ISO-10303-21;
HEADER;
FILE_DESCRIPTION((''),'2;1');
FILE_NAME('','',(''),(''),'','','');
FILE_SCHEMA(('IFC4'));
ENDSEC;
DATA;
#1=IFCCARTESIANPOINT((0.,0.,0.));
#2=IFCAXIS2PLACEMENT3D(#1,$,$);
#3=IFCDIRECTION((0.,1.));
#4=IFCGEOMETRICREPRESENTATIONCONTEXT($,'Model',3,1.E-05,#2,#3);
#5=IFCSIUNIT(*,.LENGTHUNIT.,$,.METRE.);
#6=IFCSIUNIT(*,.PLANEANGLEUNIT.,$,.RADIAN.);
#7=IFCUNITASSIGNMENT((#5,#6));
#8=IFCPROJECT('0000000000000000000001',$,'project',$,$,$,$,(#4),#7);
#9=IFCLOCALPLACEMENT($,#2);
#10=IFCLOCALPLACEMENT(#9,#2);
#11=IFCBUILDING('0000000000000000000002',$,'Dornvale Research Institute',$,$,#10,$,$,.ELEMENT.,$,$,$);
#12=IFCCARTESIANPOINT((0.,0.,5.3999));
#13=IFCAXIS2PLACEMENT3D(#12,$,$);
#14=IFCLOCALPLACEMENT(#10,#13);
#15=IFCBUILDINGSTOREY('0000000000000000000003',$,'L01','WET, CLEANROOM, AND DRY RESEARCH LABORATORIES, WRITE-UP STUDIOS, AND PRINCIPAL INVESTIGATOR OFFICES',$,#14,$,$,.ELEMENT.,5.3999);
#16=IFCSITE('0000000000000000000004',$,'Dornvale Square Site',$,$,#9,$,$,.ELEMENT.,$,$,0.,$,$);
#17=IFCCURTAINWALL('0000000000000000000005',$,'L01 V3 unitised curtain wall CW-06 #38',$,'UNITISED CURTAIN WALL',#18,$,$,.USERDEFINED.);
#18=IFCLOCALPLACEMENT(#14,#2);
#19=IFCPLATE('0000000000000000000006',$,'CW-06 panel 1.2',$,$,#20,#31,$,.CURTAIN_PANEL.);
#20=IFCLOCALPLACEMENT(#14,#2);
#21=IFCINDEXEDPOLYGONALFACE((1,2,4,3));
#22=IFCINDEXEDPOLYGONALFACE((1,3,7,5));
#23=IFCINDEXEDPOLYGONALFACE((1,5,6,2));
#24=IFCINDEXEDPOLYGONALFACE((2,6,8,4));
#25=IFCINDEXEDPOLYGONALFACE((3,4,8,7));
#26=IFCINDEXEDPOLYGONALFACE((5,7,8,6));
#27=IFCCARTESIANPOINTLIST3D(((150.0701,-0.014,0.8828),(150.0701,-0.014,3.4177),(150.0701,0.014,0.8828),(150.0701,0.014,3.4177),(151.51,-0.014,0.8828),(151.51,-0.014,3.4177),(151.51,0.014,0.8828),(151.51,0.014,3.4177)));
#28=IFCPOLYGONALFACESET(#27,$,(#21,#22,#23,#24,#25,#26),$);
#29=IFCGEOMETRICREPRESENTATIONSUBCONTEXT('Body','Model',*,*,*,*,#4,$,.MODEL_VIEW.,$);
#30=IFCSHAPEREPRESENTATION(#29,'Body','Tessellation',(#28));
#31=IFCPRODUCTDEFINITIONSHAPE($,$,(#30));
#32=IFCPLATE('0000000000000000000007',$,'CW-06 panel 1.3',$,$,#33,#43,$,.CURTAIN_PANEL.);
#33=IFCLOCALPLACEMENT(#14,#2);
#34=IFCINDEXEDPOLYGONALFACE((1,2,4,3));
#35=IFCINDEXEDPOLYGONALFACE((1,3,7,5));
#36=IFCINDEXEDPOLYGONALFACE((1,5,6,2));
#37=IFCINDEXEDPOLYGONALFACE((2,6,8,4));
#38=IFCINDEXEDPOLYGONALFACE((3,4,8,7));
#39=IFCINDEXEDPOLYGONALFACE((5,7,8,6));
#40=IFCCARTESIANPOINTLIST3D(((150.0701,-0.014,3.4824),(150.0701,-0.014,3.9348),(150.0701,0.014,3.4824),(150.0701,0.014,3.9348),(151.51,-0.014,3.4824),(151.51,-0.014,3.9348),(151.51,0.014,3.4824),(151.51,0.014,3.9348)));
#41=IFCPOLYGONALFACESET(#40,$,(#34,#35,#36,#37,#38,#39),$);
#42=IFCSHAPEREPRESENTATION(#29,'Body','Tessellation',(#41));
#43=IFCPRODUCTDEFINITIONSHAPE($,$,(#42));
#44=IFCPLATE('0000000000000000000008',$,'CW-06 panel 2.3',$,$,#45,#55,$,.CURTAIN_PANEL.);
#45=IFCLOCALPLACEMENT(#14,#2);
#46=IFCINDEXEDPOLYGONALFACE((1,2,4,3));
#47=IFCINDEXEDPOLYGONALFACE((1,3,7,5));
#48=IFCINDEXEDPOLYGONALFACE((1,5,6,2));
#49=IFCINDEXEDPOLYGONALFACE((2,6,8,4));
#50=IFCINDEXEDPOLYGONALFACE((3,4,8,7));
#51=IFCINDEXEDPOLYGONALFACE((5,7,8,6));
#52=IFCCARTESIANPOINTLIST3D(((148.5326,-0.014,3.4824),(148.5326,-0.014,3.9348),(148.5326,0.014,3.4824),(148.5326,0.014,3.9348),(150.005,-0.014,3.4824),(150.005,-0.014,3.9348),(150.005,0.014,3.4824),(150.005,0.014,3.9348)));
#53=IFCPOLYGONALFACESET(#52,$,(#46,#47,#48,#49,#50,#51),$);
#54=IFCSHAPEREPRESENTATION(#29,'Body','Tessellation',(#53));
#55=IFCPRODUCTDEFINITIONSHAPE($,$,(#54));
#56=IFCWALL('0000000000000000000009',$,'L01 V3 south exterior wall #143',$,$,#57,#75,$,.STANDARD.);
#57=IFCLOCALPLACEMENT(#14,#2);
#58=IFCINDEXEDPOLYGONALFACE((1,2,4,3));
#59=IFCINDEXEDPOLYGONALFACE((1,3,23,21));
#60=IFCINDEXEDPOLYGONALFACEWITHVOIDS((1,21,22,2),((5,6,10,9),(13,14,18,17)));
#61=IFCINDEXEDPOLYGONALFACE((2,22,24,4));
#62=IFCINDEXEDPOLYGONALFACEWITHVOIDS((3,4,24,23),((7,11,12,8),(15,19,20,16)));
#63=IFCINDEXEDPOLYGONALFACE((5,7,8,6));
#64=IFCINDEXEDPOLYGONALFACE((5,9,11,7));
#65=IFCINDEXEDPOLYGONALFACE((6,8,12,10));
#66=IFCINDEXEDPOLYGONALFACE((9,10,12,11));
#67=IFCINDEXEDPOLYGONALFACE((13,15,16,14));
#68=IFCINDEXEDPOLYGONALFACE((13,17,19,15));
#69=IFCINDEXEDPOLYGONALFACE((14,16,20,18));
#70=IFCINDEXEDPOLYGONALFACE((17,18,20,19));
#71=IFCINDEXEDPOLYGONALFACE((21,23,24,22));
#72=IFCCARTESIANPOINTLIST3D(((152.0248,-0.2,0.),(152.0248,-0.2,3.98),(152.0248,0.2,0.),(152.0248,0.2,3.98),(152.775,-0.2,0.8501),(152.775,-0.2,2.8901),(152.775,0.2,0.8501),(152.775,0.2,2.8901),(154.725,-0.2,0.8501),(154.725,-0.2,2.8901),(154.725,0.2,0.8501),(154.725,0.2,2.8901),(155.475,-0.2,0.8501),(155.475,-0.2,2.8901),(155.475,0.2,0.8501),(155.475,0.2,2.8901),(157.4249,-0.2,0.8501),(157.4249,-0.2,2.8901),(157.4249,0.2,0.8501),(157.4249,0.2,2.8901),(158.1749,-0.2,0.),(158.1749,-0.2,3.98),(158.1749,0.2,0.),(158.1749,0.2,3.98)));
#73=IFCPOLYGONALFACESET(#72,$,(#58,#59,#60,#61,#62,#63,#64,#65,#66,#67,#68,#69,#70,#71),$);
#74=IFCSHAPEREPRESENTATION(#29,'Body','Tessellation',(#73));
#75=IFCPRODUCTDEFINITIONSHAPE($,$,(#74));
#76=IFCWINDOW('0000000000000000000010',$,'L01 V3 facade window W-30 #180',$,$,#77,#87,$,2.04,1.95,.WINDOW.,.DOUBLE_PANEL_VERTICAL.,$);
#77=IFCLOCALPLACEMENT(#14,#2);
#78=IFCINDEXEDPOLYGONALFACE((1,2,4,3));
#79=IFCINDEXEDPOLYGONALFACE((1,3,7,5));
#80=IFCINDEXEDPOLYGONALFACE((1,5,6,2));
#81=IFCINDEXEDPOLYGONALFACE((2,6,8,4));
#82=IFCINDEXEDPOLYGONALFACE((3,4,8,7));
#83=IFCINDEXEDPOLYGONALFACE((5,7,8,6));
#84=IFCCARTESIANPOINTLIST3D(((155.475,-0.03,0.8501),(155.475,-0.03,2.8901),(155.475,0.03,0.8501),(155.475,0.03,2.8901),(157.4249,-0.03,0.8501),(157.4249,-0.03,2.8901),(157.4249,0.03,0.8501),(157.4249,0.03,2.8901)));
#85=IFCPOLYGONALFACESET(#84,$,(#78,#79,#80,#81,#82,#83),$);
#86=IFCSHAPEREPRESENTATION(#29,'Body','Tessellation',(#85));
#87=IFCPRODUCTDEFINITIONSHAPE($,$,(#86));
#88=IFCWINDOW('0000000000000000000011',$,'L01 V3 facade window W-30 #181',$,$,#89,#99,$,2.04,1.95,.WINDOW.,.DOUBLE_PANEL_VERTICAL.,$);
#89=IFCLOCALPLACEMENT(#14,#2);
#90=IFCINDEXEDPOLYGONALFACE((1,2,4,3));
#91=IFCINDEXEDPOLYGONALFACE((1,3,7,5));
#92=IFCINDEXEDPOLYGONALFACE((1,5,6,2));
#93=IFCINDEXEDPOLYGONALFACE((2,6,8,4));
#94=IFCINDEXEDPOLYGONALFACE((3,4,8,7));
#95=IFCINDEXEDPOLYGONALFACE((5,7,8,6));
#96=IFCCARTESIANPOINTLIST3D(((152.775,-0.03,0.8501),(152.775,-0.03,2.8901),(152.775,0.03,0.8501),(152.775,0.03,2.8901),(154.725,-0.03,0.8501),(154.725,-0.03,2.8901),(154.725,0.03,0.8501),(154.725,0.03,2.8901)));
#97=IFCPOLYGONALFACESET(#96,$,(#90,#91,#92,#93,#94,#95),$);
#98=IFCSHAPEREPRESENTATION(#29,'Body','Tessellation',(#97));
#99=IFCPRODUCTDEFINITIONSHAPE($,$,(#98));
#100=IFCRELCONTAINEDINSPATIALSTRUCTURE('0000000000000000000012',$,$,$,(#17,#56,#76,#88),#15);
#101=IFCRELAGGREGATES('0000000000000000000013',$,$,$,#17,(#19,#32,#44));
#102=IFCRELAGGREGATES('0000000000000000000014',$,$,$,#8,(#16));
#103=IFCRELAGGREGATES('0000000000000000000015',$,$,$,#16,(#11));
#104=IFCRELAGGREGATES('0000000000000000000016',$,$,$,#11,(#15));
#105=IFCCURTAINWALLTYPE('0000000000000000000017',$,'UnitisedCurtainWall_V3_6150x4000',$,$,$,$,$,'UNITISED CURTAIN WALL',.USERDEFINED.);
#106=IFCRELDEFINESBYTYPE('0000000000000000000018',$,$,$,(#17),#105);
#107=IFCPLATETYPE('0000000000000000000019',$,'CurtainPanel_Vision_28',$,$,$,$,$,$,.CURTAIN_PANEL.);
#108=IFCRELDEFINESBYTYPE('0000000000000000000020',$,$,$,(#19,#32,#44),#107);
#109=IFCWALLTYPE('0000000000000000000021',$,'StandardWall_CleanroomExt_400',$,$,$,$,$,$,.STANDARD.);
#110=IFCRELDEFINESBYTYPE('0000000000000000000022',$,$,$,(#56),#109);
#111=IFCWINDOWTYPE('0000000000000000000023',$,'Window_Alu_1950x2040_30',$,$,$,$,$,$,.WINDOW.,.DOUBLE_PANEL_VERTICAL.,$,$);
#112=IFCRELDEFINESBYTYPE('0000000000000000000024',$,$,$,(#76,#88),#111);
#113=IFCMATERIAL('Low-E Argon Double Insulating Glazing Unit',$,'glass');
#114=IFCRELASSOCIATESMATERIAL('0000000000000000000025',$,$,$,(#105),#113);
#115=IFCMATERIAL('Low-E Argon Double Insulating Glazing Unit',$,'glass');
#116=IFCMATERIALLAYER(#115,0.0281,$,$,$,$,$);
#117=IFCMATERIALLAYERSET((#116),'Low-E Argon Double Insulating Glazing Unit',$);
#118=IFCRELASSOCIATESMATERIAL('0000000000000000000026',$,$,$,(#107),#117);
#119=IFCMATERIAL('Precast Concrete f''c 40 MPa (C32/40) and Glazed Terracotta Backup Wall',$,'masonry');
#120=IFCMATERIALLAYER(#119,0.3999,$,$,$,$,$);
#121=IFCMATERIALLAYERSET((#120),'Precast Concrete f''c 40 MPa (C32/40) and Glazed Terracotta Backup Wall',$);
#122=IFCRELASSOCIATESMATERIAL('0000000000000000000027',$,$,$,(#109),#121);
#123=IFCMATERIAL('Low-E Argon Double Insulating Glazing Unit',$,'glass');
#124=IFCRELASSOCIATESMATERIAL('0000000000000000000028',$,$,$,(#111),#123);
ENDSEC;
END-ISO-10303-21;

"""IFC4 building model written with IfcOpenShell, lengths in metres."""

from ifc_helpers import new_model, si_unit, direction, frame, frame_2d, origin, origin_2d, place, context, subcontext, project, spatial, rectangle, extrude, material, layer, layer_set, type_object, element, fill, aggregate, save


model = new_model("IFC4")

# Units and contexts
model_context = context("Model", 3, precision=1e-05, world=origin(), true_north=direction((0.0, 1.0)))
body_context = subcontext(model_context, "Body", "Model", "MODEL_VIEW")
ifc_project = project(units=[si_unit("LENGTHUNIT", "METRE"), si_unit("PLANEANGLEUNIT", "RADIAN")], contexts=[model_context])

# Site, building, storey
site_placement = place(None, origin())
site = spatial("IfcSite", under=ifc_project, at=site_placement, Name="Dornvale Square Site", CompositionType="ELEMENT", RefElevation=0.0)
building_placement = place(site_placement, origin())
building = spatial("IfcBuilding", under=site, at=building_placement, Name="Dornvale Research Institute", CompositionType="ELEMENT")
storey_placement = place(building_placement, frame((0.0, 0.0, 5.3999)))
storey = spatial("IfcBuildingStorey", under=building, at=storey_placement, Name="L01", Description="WET, CLEANROOM, AND DRY RESEARCH LABORATORIES, WRITE-UP STUDIOS, AND PRINCIPAL INVESTIGATOR OFFICES", CompositionType="ELEMENT", Elevation=5.3999)

# Shared definitions
ifc_material_1 = material(Name="Low-E Argon Double Insulating Glazing Unit", Category="glass")
curtain_wall_type = type_object("IfcCurtainWallType", Name="UnitisedCurtainWall_V3_6150x4000", ElementType="UNITISED CURTAIN WALL", PredefinedType="USERDEFINED", material=ifc_material_1)

# Curtain wall
curtain_wall_1_placement = place(storey_placement, origin())
curtain_wall_1 = element("IfcCurtainWall", 1, at=curtain_wall_1_placement, inside=storey, type_object=curtain_wall_type, Name="L01 V3 unitised curtain wall CW-06 #38", ObjectType="UNITISED CURTAIN WALL", PredefinedType="USERDEFINED")

# Plates
ifc_material_2 = material(Name="Low-E Argon Double Insulating Glazing Unit", Category="glass")
ifc_layer_1 = layer(ifc_material_2, 0.0281)
ifc_layer_set_1 = layer_set([ifc_layer_1], Name="Low-E Argon Double Insulating Glazing Unit")
plate_type_1 = type_object("IfcPlateType", Name="CurtainPanel_Vision_28", PredefinedType="CURTAIN_PANEL", material=ifc_layer_set_1)
plate_1_placement = place(storey_placement, frame((150.79, 0.0, 0.8828), z_axis=(0.0, 0.0, 1.0), x_axis=(-1.0, 0.0, 0.0)))
plate_1 = element("IfcPlate", 2, at=plate_1_placement, type_object=plate_type_1, Name="CW-06 panel 1.2", PredefinedType="CURTAIN_PANEL", context=body_context, shape_type="SweptSolid", body=[
    extrude(rectangle(XDim=1.4399, YDim=0.0281, at=origin_2d()), origin(), (0.0, 0.0, 1.0), 2.5349),
])
plate_2_placement = place(storey_placement, frame((150.79, 0.0, 3.4824), z_axis=(0.0, 0.0, 1.0), x_axis=(-1.0, 0.0, 0.0)))
plate_2 = element("IfcPlate", 3, at=plate_2_placement, type_object=plate_type_1, Name="CW-06 panel 1.3", PredefinedType="CURTAIN_PANEL", context=body_context, shape_type="SweptSolid", body=[
    extrude(rectangle(XDim=1.4399, YDim=0.0281, at=origin_2d()), origin(), (0.0, 0.0, 1.0), 0.4524),
])
plate_3_placement = place(storey_placement, frame((149.2688, 0.0, 3.4824), z_axis=(0.0, 0.0, 1.0), x_axis=(-1.0, 0.0, 0.0)))
plate_3 = element("IfcPlate", 4, at=plate_3_placement, type_object=plate_type_1, Name="CW-06 panel 2.3", PredefinedType="CURTAIN_PANEL", context=body_context, shape_type="SweptSolid", body=[
    extrude(rectangle(XDim=1.4724, YDim=0.0281, at=origin_2d()), origin(), (0.0, 0.0, 1.0), 0.4524),
])
aggregate(curtain_wall_1, [plate_1, plate_2, plate_3])

# Wall, openings, windows
ifc_material_3 = material(Name="Precast Concrete f'c 40 MPa (C32/40) and Glazed Terracotta Backup Wall", Category="masonry")
ifc_layer_2 = layer(ifc_material_3, 0.3999)
ifc_layer_set_2 = layer_set([ifc_layer_2], Name="Precast Concrete f'c 40 MPa (C32/40) and Glazed Terracotta Backup Wall")
wall_type = type_object("IfcWallType", Name="StandardWall_CleanroomExt_400", PredefinedType="STANDARD", material=ifc_layer_set_2)
wall_placement = place(storey_placement, frame((158.175, 0.0, 0.0), z_axis=(0.0, 0.0, 1.0), x_axis=(-1.0, 0.0, 0.0)))
wall = element("IfcWall", 5, at=wall_placement, inside=storey, type_object=wall_type, Name="L01 V3 south exterior wall #143", PredefinedType="STANDARD", context=body_context, shape_type="SweptSolid", body=[
    extrude(rectangle(XDim=6.1501, YDim=0.3999, at=frame_2d((3.0752, 0.0))), origin(), (0.0, 0.0, 1.0), 3.98),
])
opening_1_placement = place(wall_placement, frame((0.75, 0.0, 0.8501)))
opening_1 = element("IfcOpeningElement", 6, at=opening_1_placement, cuts=wall, PredefinedType="OPENING", context=body_context, shape_type="SweptSolid", body=[
    extrude(rectangle(XDim=1.95, YDim=2.04, at=frame_2d((0.9751, 1.02))), frame((0.0, 0.2148, 0.0), z_axis=(0.0, -1.0, 0.0), x_axis=(1.0, 0.0, 0.0)), (0.0, 0.0, 1.0), 0.4299),
])
opening_2_placement = place(wall_placement, frame((3.45, 0.0, 0.8501)))
opening_2 = element("IfcOpeningElement", 7, at=opening_2_placement, cuts=wall, PredefinedType="OPENING", context=body_context, shape_type="SweptSolid", body=[
    extrude(rectangle(XDim=1.95, YDim=2.04, at=frame_2d((0.9751, 1.02))), frame((0.0, 0.2148, 0.0), z_axis=(0.0, -1.0, 0.0), x_axis=(1.0, 0.0, 0.0)), (0.0, 0.0, 1.0), 0.4299),
])
ifc_material_4 = material(Name="Low-E Argon Double Insulating Glazing Unit", Category="glass")
window_type = type_object("IfcWindowType", Name="Window_Alu_1950x2040_30", PartitioningType="DOUBLE_PANEL_VERTICAL", PredefinedType="WINDOW", material=ifc_material_4)
window_1_placement = place(opening_1_placement, origin())
window_1 = element("IfcWindow", 8, at=window_1_placement, inside=storey, type_object=window_type, Name="L01 V3 facade window W-30 #180", OverallHeight=2.04, OverallWidth=1.95, PartitioningType="DOUBLE_PANEL_VERTICAL", PredefinedType="WINDOW", context=body_context, shape_type="SweptSolid", body=[
    extrude(rectangle(XDim=1.95, YDim=2.04, at=frame_2d((0.9751, 1.02))), frame((0.0, 0.03, 0.0), z_axis=(0.0, -1.0, 0.0), x_axis=(1.0, 0.0, 0.0)), (0.0, 0.0, 1.0), 0.0601),
])
fill(opening_1, window_1)
window_2_placement = place(opening_2_placement, origin())
window_2 = element("IfcWindow", 9, at=window_2_placement, inside=storey, type_object=window_type, Name="L01 V3 facade window W-30 #181", OverallHeight=2.04, OverallWidth=1.95, PartitioningType="DOUBLE_PANEL_VERTICAL", PredefinedType="WINDOW", context=body_context, shape_type="SweptSolid", body=[
    extrude(rectangle(XDim=1.95, YDim=2.04, at=frame_2d((0.9751, 1.02))), frame((0.0, 0.03, 0.0), z_axis=(0.0, -1.0, 0.0), x_axis=(1.0, 0.0, 0.0)), (0.0, 0.0, 1.0), 0.0601),
])
fill(opening_2, window_2)

save(model, "model.ifc")
